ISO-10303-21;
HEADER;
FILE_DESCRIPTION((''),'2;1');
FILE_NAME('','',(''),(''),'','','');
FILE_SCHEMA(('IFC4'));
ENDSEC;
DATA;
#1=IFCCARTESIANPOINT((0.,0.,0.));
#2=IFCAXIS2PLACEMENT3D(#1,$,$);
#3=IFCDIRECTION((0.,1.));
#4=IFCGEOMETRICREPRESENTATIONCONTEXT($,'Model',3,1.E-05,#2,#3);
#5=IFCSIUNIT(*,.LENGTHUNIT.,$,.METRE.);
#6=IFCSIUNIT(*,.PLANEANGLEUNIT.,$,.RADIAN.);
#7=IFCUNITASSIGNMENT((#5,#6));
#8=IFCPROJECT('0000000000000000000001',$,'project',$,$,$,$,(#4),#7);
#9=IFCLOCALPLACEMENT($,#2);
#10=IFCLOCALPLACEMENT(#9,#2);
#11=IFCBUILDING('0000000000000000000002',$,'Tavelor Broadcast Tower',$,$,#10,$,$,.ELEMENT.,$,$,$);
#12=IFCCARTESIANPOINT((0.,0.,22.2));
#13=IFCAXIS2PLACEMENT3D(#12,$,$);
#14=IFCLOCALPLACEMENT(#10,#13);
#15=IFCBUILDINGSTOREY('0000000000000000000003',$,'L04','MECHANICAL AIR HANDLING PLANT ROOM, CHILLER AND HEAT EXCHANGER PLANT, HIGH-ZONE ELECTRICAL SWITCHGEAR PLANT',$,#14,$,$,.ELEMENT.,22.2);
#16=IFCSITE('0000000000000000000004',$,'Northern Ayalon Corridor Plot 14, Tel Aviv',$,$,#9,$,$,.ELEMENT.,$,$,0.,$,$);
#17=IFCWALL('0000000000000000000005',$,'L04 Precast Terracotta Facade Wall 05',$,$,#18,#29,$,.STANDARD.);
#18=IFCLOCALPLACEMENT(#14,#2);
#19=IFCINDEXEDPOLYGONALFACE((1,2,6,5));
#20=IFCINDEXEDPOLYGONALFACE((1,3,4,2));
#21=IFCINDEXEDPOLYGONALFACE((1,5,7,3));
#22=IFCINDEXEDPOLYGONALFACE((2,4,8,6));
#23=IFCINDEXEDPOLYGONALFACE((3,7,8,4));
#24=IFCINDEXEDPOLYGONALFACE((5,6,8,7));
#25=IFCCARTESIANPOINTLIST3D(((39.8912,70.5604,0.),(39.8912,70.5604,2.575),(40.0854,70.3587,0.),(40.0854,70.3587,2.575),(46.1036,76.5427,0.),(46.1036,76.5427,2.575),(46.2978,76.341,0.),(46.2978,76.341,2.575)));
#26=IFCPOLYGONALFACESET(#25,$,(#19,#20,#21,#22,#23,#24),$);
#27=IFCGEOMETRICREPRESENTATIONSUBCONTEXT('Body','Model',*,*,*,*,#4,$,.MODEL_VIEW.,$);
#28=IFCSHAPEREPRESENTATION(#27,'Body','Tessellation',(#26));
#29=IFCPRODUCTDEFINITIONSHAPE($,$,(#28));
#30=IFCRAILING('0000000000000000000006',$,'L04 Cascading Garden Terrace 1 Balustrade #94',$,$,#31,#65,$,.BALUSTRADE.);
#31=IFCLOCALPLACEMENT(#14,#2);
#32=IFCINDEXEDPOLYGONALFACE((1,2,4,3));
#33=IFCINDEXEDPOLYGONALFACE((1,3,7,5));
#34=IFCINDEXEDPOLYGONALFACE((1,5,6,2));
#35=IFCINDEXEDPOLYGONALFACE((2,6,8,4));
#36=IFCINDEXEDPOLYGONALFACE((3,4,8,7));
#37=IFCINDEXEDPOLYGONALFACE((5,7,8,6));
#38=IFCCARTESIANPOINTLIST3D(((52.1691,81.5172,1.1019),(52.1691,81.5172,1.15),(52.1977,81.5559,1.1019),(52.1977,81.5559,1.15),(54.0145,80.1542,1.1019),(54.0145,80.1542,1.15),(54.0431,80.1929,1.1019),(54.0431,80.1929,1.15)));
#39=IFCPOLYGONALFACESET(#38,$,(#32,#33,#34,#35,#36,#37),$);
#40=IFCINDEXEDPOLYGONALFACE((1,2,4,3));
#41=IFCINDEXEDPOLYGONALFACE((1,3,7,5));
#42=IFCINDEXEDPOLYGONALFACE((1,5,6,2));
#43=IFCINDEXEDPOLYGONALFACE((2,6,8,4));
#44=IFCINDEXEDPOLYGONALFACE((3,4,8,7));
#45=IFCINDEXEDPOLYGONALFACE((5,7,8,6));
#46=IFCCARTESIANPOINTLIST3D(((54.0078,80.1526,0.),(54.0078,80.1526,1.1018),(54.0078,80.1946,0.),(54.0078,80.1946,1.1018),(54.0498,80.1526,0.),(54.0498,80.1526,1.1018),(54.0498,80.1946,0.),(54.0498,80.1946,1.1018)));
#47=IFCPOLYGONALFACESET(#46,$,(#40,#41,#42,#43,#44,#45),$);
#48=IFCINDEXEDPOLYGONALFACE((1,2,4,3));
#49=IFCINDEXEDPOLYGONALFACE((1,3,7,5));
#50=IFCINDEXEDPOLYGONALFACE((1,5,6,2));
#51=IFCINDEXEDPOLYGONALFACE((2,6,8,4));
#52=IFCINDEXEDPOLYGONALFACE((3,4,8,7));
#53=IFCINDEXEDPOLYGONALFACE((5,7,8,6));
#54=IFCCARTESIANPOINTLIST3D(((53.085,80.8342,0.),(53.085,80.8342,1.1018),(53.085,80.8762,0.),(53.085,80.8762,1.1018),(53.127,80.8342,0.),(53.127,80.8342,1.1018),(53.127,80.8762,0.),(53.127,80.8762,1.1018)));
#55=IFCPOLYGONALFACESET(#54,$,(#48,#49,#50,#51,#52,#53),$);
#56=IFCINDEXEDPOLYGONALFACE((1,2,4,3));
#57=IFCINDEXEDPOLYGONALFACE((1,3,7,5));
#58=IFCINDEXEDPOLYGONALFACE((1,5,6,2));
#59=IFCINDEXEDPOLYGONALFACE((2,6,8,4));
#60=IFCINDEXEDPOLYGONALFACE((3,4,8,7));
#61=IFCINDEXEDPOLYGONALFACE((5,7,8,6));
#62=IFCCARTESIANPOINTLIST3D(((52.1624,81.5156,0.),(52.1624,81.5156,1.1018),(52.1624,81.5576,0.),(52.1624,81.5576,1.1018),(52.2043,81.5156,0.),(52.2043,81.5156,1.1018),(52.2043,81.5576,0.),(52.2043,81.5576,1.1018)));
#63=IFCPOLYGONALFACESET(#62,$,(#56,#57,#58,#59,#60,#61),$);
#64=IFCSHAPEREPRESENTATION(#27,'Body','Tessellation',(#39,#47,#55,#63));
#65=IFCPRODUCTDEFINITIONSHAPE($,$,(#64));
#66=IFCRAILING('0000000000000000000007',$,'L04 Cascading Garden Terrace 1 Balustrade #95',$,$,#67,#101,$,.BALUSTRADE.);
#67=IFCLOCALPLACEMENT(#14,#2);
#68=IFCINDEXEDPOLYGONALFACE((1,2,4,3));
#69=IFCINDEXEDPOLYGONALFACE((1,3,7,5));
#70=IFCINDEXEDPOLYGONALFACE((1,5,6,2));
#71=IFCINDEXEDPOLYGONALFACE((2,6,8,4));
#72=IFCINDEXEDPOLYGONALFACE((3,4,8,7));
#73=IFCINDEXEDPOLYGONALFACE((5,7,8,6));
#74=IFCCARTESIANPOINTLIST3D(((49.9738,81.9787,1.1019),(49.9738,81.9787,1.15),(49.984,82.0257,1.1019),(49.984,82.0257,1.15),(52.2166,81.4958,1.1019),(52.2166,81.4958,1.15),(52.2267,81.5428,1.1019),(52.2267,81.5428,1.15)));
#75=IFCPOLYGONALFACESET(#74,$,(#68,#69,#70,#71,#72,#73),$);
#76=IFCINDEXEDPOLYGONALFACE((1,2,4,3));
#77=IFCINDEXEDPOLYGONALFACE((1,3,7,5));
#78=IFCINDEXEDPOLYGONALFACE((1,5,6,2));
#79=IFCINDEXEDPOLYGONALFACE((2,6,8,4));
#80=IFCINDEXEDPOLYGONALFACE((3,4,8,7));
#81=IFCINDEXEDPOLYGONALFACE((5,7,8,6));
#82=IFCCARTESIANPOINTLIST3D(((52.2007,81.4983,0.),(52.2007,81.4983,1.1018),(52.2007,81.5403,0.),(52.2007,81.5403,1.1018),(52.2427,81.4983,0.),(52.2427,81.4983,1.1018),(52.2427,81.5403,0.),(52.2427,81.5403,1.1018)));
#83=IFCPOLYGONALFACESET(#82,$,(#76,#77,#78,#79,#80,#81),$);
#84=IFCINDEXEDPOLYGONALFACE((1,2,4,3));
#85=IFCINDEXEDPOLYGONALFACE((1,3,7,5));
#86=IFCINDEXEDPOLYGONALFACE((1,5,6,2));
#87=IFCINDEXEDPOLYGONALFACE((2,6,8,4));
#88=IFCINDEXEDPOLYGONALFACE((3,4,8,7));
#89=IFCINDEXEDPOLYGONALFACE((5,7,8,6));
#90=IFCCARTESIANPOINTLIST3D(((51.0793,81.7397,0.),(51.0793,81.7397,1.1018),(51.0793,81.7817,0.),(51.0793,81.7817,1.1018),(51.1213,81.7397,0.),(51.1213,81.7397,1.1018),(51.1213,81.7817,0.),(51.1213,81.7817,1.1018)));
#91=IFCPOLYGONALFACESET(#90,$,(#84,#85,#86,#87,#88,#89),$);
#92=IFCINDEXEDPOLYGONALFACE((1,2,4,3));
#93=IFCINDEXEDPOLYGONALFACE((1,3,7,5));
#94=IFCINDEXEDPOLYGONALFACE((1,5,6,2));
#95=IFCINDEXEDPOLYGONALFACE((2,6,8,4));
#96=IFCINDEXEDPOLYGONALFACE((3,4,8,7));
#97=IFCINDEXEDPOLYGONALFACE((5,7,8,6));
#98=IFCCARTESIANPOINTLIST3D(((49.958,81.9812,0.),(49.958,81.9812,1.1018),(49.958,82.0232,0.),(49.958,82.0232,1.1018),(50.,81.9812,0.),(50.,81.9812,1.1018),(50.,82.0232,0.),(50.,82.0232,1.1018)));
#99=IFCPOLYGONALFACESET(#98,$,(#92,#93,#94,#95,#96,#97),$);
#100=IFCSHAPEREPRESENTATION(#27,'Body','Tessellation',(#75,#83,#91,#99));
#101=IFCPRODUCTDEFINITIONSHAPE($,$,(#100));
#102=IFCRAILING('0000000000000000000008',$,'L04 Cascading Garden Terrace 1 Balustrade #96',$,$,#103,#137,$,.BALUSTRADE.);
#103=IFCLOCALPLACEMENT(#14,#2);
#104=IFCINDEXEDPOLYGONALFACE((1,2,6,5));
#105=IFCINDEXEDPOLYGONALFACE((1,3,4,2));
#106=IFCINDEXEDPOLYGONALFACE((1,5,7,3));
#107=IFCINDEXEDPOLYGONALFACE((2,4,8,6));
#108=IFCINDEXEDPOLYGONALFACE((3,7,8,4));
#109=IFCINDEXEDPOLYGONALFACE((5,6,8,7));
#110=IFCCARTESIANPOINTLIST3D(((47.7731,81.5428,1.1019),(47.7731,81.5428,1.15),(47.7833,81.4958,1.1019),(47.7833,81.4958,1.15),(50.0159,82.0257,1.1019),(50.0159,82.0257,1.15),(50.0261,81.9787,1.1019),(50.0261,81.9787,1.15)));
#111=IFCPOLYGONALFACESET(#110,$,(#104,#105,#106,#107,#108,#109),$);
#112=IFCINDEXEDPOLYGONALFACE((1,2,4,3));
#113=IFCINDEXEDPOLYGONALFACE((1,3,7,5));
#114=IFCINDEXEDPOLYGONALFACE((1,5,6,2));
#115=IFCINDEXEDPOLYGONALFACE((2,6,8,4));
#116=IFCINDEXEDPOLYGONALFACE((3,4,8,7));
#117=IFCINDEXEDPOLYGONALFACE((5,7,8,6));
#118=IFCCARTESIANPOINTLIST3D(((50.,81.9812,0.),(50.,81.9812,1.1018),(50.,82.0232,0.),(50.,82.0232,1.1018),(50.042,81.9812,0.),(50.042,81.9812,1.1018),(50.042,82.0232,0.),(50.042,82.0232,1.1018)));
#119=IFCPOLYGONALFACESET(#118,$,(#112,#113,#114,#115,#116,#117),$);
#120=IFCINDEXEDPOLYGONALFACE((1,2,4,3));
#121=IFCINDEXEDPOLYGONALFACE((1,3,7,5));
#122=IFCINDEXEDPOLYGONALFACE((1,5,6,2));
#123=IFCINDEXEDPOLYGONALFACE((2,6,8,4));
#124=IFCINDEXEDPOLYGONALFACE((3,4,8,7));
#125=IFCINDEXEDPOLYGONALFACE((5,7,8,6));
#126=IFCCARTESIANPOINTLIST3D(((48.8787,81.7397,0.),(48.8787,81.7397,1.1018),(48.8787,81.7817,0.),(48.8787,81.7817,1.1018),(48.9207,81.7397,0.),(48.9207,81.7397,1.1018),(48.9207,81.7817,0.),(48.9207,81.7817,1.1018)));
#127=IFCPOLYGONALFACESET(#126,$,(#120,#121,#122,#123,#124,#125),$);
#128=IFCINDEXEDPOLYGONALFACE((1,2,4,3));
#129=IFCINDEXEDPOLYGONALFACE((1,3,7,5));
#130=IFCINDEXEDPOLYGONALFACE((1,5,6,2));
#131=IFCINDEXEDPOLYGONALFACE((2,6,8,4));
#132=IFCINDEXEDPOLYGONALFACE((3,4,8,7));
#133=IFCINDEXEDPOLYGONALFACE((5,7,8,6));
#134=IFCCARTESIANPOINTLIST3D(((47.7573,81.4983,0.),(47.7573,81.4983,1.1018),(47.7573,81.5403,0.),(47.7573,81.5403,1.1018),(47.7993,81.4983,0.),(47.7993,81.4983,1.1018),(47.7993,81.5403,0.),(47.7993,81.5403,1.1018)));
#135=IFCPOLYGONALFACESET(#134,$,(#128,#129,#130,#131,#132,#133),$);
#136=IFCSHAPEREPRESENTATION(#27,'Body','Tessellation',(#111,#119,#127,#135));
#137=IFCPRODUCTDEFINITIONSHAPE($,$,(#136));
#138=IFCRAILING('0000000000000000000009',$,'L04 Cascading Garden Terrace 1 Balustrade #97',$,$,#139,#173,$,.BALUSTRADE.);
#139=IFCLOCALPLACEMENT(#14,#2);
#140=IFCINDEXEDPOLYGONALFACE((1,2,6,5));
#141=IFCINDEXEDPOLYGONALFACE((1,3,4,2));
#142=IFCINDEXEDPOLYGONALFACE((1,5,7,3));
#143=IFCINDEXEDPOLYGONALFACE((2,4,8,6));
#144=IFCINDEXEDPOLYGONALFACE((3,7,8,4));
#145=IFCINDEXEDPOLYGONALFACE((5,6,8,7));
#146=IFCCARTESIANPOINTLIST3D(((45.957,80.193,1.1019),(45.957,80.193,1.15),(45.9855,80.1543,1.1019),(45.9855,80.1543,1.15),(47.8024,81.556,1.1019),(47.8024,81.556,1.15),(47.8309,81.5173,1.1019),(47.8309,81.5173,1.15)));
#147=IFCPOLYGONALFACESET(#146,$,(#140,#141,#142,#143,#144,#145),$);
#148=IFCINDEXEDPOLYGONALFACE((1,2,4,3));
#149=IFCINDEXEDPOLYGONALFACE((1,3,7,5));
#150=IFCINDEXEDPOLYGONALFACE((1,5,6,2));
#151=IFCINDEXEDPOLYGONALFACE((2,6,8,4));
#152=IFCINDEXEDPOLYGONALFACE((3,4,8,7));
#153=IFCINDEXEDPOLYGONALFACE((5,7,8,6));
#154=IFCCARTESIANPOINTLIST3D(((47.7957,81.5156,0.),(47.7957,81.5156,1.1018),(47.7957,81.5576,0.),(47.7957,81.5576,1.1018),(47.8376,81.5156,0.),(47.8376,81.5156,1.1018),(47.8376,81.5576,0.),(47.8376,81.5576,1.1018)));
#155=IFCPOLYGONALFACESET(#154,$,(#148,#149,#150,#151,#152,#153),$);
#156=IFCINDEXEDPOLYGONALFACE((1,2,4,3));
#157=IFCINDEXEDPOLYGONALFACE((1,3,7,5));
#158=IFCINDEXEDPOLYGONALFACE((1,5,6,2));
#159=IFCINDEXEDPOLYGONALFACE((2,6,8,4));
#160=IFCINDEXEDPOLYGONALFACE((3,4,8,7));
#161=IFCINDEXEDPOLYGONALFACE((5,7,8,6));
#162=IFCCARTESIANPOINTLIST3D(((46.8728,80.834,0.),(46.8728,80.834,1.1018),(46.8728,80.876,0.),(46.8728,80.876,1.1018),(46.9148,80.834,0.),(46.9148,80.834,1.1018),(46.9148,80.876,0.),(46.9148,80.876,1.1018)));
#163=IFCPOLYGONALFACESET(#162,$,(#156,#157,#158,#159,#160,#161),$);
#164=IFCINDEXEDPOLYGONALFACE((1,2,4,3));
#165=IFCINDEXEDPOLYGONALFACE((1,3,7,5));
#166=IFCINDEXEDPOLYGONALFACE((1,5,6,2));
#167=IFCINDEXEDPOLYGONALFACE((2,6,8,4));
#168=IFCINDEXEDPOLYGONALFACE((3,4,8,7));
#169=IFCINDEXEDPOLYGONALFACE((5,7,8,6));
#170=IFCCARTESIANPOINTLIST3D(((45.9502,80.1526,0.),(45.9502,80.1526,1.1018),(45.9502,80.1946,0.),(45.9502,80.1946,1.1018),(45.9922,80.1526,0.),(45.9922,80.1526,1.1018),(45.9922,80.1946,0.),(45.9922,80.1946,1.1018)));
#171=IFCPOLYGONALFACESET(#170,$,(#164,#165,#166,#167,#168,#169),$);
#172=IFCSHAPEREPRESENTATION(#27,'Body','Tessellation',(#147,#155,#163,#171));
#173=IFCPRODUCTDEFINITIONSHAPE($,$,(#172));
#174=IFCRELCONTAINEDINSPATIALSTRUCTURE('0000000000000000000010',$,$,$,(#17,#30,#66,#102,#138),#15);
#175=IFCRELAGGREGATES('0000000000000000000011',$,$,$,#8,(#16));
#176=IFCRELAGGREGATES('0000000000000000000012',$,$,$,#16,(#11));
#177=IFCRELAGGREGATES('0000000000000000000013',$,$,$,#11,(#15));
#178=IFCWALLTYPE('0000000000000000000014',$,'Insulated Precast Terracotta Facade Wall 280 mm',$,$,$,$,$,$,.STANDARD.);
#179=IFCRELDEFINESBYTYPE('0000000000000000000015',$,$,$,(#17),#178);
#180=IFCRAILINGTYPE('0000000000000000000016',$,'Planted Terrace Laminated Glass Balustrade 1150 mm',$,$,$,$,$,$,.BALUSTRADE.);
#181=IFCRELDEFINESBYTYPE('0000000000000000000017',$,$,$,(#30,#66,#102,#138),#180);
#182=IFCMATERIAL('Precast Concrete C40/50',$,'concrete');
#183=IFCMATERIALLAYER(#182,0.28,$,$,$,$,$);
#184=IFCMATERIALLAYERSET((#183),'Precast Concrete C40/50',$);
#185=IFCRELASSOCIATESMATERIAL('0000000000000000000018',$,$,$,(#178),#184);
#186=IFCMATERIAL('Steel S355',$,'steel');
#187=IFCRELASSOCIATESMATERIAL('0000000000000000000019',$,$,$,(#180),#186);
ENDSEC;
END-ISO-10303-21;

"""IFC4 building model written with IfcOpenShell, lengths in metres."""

from ifc_helpers import new_model, si_unit, direction, frame, frame_2d, origin, origin_2d, place, context, subcontext, project, spatial, rectangle, extrude, material, layer, layer_set, type_object, element, save


model = new_model("IFC4")

# Units and contexts
model_context = context("Model", 3, precision=1e-05, world=origin(), true_north=direction((0.0, 1.0)))
body_context = subcontext(model_context, "Body", "Model", "MODEL_VIEW")
ifc_project = project(units=[si_unit("LENGTHUNIT", "METRE"), si_unit("PLANEANGLEUNIT", "RADIAN")], contexts=[model_context])

# Site, building, storey
site_placement = place(None, origin())
site = spatial("IfcSite", under=ifc_project, at=site_placement, Name="Northern Ayalon Corridor Plot 14, Tel Aviv", CompositionType="ELEMENT", RefElevation=0.0)
building_placement = place(site_placement, origin())
building = spatial("IfcBuilding", under=site, at=building_placement, Name="Tavelor Broadcast Tower", CompositionType="ELEMENT")
storey_placement = place(building_placement, frame((0.0, 0.0, 22.2)))
storey = spatial("IfcBuildingStorey", under=building, at=storey_placement, Name="L04", Description="MECHANICAL AIR HANDLING PLANT ROOM, CHILLER AND HEAT EXCHANGER PLANT, HIGH-ZONE ELECTRICAL SWITCHGEAR PLANT", CompositionType="ELEMENT", Elevation=22.2)

# Wall
ifc_material_1 = material(Name="Precast Concrete C40/50", Category="concrete")
ifc_layer_1 = layer(ifc_material_1, 0.28)
ifc_layer_set_1 = layer_set([ifc_layer_1], Name="Precast Concrete C40/50")
wall_type_1 = type_object("IfcWallType", Name="Insulated Precast Terracotta Facade Wall 280 mm", PredefinedType="STANDARD", material=ifc_layer_set_1)
wall_1_placement = place(storey_placement, frame((46.2007, 76.4419, 0.0), z_axis=(0.0, 0.0, 1.0), x_axis=(-0.720314, -0.693648, 0.0)))
element("IfcWall", 1, at=wall_1_placement, inside=storey, type_object=wall_type_1, Name="L04 Precast Terracotta Facade Wall 05", PredefinedType="STANDARD", context=body_context, shape_type="SweptSolid", body=[
    extrude(rectangle(XDim=8.6245, YDim=0.28, at=frame_2d((4.3123, 0.0))), origin(), (0.0, 0.0, 1.0), 2.575),
])

# Railings
ifc_material_2 = material(Name="Steel S355", Category="steel")
railing_type = type_object("IfcRailingType", Name="Planted Terrace Laminated Glass Balustrade 1150 mm", PredefinedType="BALUSTRADE", material=ifc_material_2)
railing_1_placement = place(storey_placement, frame((54.0288, 80.1736, 0.0)))
element("IfcRailing", 2, at=railing_1_placement, inside=storey, type_object=railing_type, Name="L04 Cascading Garden Terrace 1 Balustrade #94", PredefinedType="BALUSTRADE", context=body_context, shape_type="SweptSolid", body=[
    extrude(rectangle(XDim=0.0481, YDim=0.0481, at=origin_2d()), frame((0.0, 0.0, 1.126), z_axis=(-0.804384, 0.59411, 0.0), x_axis=(-0.59411, -0.804384, 0.0)), (0.0, 0.0, 1.0), 2.2942),
    extrude(rectangle(XDim=0.042, YDim=0.042, at=origin_2d()), origin(), (0.0, 0.0, 1.0), 1.1018),
    extrude(rectangle(XDim=0.042, YDim=0.042, at=origin_2d()), frame((-0.9229, 0.6816, 0.0)), (0.0, 0.0, 1.0), 1.1018),
    extrude(rectangle(XDim=0.042, YDim=0.042, at=origin_2d()), frame((-1.8455, 1.363, 0.0)), (0.0, 0.0, 1.0), 1.1018),
])
railing_2_placement = place(storey_placement, frame((52.2217, 81.5193, 0.0)))
element("IfcRailing", 3, at=railing_2_placement, inside=storey, type_object=railing_type, Name="L04 Cascading Garden Terrace 1 Balustrade #95", PredefinedType="BALUSTRADE", context=body_context, shape_type="SweptSolid", body=[
    extrude(rectangle(XDim=0.0481, YDim=0.0481, at=origin_2d()), frame((0.0, 0.0, 1.126), z_axis=(-0.977593, 0.210503, 0.0), x_axis=(-0.210503, -0.977593, 0.0)), (0.0, 0.0, 1.0), 2.2942),
    extrude(rectangle(XDim=0.042, YDim=0.042, at=origin_2d()), origin(), (0.0, 0.0, 1.0), 1.1018),
    extrude(rectangle(XDim=0.042, YDim=0.042, at=origin_2d()), frame((-1.1213, 0.2415, 0.0)), (0.0, 0.0, 1.0), 1.1018),
    extrude(rectangle(XDim=0.042, YDim=0.042, at=origin_2d()), frame((-2.2427, 0.4829, 0.0)), (0.0, 0.0, 1.0), 1.1018),
])
railing_3_placement = place(storey_placement, frame((50.021, 82.0022, 0.0)))
element("IfcRailing", 4, at=railing_3_placement, inside=storey, type_object=railing_type, Name="L04 Cascading Garden Terrace 1 Balustrade #96", PredefinedType="BALUSTRADE", context=body_context, shape_type="SweptSolid", body=[
    extrude(rectangle(XDim=0.0481, YDim=0.0481, at=origin_2d()), frame((0.0, 0.0, 1.126), z_axis=(-0.977593, -0.210503, 0.0), x_axis=(0.210503, -0.977593, 0.0)), (0.0, 0.0, 1.0), 2.2942),
    extrude(rectangle(XDim=0.042, YDim=0.042, at=origin_2d()), origin(), (0.0, 0.0, 1.0), 1.1018),
    extrude(rectangle(XDim=0.042, YDim=0.042, at=origin_2d()), frame((-1.1213, -0.2415, 0.0)), (0.0, 0.0, 1.0), 1.1018),
    extrude(rectangle(XDim=0.042, YDim=0.042, at=origin_2d()), frame((-2.2427, -0.4829, 0.0)), (0.0, 0.0, 1.0), 1.1018),
])
railing_4_placement = place(storey_placement, frame((47.8167, 81.5366, 0.0)))
element("IfcRailing", 5, at=railing_4_placement, inside=storey, type_object=railing_type, Name="L04 Cascading Garden Terrace 1 Balustrade #97", PredefinedType="BALUSTRADE", context=body_context, shape_type="SweptSolid", body=[
    extrude(rectangle(XDim=0.0481, YDim=0.0481, at=origin_2d()), frame((0.0, 0.0, 1.126), z_axis=(-0.804384, -0.59411, 0.0), x_axis=(0.59411, -0.804384, 0.0)), (0.0, 0.0, 1.0), 2.2942),
    extrude(rectangle(XDim=0.042, YDim=0.042, at=origin_2d()), origin(), (0.0, 0.0, 1.0), 1.1018),
    extrude(rectangle(XDim=0.042, YDim=0.042, at=origin_2d()), frame((-0.9229, -0.6816, 0.0)), (0.0, 0.0, 1.0), 1.1018),
    extrude(rectangle(XDim=0.042, YDim=0.042, at=origin_2d()), frame((-1.8455, -1.363, 0.0)), (0.0, 0.0, 1.0), 1.1018),
])

save(model, "model.ifc")
